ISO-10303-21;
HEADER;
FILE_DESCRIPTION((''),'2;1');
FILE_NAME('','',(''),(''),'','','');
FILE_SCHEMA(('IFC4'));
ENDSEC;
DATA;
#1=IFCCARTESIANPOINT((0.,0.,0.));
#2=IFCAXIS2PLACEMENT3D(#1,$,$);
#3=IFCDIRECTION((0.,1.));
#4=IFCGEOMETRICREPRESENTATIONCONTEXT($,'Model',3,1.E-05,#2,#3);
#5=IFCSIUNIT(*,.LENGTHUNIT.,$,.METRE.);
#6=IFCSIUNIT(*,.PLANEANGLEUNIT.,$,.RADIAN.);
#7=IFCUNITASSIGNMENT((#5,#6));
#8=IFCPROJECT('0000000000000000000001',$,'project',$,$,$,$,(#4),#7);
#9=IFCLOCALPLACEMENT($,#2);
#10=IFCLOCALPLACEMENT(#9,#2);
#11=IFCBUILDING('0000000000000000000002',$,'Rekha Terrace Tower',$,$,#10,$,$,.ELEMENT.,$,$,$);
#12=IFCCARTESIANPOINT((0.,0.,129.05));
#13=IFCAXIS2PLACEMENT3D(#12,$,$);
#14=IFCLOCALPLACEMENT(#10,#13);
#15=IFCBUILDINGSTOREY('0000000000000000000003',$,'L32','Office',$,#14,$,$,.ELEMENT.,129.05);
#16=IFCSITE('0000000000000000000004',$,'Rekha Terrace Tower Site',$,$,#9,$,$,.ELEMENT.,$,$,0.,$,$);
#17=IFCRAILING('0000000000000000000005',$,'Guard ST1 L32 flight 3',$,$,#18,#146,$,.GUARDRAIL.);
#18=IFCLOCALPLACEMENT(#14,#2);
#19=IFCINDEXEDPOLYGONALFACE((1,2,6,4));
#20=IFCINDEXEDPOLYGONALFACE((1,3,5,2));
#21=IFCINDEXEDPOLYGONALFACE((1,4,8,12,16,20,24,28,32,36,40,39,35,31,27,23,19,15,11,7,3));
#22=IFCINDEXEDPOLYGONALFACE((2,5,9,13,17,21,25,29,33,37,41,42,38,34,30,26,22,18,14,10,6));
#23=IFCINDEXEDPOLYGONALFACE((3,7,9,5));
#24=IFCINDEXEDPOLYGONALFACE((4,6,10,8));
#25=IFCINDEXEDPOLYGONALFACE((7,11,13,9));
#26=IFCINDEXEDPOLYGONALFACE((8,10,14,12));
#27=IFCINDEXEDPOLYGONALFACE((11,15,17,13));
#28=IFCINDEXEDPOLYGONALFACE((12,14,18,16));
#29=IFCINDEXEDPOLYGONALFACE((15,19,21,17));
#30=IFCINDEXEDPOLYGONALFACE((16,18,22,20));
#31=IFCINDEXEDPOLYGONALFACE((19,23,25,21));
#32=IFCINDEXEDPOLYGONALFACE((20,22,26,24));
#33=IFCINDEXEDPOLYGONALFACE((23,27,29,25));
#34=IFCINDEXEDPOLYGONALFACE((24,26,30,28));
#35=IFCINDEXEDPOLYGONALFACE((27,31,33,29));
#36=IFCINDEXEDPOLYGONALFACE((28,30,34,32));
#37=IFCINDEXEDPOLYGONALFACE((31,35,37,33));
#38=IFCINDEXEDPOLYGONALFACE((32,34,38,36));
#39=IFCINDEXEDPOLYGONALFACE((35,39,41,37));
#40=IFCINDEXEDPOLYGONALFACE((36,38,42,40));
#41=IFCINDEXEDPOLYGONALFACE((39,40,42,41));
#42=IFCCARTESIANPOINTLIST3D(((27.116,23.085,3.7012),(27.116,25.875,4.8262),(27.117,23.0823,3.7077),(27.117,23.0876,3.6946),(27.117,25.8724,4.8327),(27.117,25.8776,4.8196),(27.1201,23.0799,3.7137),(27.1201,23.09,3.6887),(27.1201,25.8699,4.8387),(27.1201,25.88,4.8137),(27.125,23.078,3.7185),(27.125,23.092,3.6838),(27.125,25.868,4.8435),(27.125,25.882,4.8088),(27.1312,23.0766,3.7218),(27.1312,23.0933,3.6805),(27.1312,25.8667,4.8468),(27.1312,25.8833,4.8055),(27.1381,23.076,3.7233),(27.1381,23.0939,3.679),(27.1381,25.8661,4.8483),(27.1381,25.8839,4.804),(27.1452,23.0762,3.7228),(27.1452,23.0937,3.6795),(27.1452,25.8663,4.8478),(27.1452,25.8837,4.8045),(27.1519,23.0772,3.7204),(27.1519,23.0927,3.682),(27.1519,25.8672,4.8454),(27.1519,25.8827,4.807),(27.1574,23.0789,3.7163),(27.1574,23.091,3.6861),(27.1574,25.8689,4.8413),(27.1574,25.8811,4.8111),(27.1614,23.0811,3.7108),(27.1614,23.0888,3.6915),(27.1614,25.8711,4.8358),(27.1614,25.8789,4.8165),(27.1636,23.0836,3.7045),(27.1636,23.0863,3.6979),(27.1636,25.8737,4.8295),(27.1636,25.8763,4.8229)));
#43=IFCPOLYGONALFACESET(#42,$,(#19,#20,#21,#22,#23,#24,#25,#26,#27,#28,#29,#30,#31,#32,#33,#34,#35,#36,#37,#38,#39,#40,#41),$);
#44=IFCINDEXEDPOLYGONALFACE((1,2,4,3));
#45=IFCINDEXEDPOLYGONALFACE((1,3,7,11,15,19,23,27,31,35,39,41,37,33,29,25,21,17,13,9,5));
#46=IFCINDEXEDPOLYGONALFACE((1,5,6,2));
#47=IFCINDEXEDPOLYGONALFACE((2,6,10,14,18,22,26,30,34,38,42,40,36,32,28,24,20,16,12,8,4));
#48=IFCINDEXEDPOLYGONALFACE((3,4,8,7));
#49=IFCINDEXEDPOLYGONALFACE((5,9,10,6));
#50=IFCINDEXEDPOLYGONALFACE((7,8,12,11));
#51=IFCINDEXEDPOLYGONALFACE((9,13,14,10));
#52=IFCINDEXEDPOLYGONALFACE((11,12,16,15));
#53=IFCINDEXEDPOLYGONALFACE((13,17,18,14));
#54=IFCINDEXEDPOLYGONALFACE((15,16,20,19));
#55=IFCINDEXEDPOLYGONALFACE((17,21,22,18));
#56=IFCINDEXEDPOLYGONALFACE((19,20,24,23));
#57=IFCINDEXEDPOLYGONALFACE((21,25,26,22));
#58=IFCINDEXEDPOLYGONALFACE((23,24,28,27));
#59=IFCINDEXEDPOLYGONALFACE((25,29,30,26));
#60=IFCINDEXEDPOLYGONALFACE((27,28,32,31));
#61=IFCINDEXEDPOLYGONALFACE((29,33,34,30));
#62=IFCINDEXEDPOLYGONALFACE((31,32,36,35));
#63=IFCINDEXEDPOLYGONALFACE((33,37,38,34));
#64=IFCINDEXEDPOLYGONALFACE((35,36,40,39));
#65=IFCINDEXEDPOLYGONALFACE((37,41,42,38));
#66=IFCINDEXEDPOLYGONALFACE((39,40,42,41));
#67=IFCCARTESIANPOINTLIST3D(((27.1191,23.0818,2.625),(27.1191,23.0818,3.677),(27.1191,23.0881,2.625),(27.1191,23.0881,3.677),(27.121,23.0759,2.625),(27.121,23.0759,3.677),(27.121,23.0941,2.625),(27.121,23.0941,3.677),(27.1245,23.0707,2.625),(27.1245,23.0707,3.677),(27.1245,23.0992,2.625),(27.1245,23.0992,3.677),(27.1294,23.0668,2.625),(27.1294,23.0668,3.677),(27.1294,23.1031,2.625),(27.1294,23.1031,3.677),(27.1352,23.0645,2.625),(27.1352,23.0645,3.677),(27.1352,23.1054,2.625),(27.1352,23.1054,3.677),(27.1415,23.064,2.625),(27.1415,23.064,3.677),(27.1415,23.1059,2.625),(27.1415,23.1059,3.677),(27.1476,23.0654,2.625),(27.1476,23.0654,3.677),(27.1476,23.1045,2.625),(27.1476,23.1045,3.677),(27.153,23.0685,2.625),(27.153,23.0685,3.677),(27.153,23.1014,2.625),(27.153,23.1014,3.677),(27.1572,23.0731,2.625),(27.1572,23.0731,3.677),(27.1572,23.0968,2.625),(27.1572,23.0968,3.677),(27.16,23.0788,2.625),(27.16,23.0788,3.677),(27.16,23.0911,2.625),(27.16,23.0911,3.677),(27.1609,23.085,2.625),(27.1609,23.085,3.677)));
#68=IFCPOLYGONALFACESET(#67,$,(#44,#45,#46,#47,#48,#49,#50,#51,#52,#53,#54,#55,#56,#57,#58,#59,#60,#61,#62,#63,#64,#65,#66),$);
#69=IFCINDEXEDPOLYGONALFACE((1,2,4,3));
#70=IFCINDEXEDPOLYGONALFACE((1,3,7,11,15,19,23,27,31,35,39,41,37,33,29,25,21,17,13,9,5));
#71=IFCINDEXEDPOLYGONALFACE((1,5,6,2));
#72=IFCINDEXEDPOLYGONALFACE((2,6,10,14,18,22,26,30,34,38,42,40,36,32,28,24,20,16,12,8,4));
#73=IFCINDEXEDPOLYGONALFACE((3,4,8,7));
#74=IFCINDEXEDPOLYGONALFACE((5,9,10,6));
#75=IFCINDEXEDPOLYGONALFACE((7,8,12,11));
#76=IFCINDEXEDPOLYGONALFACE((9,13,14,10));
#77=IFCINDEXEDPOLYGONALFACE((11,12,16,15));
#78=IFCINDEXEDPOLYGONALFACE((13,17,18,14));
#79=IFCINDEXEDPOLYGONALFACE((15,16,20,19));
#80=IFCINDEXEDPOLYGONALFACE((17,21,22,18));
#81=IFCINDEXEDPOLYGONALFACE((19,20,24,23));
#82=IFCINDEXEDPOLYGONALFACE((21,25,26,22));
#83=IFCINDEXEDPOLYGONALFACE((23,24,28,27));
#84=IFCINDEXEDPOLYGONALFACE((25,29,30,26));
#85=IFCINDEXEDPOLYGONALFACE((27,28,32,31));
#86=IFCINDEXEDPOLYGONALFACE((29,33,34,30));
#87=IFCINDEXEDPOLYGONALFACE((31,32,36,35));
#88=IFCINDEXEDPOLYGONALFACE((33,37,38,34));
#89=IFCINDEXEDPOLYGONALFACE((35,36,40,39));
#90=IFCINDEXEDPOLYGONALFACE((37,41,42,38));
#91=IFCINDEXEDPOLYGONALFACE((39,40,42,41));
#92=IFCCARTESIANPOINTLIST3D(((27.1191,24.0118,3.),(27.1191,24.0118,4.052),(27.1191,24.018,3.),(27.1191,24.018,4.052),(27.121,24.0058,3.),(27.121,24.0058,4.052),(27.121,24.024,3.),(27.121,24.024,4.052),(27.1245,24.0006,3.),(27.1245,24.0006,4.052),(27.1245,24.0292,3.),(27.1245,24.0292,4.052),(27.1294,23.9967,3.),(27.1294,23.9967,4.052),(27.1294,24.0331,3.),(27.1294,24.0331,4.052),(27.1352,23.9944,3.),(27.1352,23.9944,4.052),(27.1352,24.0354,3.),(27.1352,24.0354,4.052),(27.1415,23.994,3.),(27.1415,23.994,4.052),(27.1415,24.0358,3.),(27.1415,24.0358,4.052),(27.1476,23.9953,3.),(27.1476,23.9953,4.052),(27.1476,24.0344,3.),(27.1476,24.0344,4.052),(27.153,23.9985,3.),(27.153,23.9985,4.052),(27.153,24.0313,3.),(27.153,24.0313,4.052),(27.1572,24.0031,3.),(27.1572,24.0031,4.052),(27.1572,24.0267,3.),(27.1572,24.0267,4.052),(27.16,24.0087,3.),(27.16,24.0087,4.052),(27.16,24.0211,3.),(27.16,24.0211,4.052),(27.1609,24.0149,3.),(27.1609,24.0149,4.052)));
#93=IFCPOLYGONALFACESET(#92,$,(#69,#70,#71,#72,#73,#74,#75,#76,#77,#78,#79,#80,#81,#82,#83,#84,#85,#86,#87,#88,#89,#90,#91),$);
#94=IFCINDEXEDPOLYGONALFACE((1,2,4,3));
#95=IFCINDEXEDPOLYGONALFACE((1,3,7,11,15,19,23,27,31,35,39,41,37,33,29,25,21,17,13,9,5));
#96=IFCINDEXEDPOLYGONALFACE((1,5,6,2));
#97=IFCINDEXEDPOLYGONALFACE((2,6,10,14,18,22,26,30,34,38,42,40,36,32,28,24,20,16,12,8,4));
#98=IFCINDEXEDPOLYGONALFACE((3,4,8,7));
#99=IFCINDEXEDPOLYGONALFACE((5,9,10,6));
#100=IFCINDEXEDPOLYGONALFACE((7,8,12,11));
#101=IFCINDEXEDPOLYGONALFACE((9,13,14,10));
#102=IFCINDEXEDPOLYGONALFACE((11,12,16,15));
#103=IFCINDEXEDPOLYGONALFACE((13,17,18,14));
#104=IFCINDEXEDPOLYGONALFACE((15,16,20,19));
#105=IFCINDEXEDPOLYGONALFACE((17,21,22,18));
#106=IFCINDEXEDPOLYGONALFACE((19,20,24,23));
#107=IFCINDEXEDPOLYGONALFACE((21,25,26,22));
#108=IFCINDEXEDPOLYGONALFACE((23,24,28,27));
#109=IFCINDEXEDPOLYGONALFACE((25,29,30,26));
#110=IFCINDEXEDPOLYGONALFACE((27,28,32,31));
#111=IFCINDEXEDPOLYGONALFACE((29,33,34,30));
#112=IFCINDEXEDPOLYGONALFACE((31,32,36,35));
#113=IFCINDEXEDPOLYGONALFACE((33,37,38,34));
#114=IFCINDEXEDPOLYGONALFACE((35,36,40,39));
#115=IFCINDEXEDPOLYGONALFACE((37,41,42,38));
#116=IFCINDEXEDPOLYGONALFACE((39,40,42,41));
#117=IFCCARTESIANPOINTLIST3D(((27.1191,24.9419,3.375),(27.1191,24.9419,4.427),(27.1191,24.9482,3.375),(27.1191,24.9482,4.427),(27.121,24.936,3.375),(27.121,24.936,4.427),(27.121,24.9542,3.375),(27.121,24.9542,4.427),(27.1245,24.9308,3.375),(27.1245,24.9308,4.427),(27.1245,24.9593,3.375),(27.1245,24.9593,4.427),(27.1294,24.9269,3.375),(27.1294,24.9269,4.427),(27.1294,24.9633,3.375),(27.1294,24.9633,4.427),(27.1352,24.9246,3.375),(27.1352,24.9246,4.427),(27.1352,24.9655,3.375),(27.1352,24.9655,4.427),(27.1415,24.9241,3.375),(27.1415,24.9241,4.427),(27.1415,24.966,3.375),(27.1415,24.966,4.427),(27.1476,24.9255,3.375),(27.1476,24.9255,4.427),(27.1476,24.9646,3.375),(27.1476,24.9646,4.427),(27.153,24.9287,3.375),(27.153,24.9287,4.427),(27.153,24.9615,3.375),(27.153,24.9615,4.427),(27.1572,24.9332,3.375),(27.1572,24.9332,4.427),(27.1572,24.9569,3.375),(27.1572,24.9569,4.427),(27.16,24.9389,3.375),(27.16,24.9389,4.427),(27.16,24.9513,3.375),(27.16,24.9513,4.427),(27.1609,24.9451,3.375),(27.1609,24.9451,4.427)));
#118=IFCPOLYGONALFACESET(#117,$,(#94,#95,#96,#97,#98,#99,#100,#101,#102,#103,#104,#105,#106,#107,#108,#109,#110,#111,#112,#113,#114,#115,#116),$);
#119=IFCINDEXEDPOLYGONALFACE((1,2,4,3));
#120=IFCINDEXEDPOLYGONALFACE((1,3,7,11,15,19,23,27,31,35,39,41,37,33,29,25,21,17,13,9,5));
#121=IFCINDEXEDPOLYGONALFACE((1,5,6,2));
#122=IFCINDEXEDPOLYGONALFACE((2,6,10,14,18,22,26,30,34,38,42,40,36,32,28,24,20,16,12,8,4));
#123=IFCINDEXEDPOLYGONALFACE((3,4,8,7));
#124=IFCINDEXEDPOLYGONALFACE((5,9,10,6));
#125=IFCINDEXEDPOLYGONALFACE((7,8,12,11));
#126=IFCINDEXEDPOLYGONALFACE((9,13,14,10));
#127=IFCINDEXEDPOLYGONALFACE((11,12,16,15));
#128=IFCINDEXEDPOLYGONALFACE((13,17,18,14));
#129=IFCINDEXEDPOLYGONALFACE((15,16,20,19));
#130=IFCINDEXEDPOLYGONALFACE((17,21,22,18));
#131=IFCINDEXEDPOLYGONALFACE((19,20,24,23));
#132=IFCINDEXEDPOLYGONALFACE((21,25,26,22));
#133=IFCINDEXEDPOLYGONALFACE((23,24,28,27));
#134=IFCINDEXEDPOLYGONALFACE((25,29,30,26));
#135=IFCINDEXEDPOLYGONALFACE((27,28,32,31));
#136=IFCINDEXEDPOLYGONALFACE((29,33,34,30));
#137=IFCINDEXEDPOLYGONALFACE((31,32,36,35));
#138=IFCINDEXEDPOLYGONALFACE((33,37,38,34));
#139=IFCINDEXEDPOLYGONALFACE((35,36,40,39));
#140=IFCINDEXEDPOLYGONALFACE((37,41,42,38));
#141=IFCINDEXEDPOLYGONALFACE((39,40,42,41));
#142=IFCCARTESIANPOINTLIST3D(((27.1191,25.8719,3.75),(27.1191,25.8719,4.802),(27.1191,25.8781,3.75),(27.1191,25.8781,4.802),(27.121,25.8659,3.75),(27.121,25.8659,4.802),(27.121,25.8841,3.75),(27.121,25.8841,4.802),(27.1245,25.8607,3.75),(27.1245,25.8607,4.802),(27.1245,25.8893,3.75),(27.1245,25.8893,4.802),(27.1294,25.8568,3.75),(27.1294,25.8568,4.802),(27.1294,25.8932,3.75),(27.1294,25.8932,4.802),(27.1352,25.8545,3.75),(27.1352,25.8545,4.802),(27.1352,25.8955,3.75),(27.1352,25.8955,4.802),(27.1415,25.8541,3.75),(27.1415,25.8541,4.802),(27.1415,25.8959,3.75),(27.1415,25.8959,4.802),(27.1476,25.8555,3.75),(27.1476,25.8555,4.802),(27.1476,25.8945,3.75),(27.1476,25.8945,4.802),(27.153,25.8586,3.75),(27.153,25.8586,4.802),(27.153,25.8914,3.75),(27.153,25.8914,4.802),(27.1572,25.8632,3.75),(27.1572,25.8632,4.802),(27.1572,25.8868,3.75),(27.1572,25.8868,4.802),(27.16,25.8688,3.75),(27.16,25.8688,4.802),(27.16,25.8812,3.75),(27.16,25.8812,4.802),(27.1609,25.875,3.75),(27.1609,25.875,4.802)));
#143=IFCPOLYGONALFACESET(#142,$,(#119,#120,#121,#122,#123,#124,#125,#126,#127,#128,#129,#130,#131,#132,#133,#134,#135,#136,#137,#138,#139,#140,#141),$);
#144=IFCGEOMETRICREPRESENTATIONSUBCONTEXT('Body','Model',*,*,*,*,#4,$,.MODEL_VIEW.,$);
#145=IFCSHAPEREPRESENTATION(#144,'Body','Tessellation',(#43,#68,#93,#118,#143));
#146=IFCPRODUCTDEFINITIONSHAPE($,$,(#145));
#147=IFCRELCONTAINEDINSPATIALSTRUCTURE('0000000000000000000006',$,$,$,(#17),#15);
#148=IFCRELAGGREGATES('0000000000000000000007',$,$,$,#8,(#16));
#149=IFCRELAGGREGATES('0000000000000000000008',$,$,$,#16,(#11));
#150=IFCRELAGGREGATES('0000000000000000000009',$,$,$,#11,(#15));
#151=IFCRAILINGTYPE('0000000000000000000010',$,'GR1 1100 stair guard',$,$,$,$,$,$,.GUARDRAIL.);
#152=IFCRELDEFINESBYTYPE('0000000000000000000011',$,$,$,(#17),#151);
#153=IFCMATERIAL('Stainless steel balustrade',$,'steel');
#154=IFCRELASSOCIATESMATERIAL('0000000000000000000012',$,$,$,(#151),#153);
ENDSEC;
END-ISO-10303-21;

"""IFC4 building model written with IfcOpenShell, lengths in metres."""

from ifc_helpers import new_model, si_unit, direction, frame, origin, origin_2d, place, context, subcontext, project, spatial, circle, extrude, material, type_object, element, save


model = new_model("IFC4")

# Units and contexts
model_context = context("Model", 3, precision=1e-05, world=origin(), true_north=direction((0.0, 1.0)))
body_context = subcontext(model_context, "Body", "Model", "MODEL_VIEW")
ifc_project = project(units=[si_unit("LENGTHUNIT", "METRE"), si_unit("PLANEANGLEUNIT", "RADIAN")], contexts=[model_context])

# Site, building, storey
site_placement = place(None, origin())
site = spatial("IfcSite", under=ifc_project, at=site_placement, Name="Rekha Terrace Tower Site", CompositionType="ELEMENT", RefElevation=0.0)
building_placement = place(site_placement, origin())
building = spatial("IfcBuilding", under=site, at=building_placement, Name="Rekha Terrace Tower", CompositionType="ELEMENT")
storey_placement = place(building_placement, frame((0.0, 0.0, 129.05)))
storey = spatial("IfcBuildingStorey", under=building, at=storey_placement, Name="L32", Description="Office", CompositionType="ELEMENT", Elevation=129.05)

# Railing
ifc_material_1 = material(Name="Stainless steel balustrade", Category="steel")
railing_type_1 = type_object("IfcRailingType", Name="GR1 1100 stair guard", PredefinedType="GUARDRAIL", material=ifc_material_1)
railing_1_placement = place(storey_placement, frame((27.1399, 23.085, 2.625)))
element("IfcRailing", 1, at=railing_1_placement, inside=storey, type_object=railing_type_1, Name="Guard ST1 L32 flight 3", PredefinedType="GUARDRAIL", context=body_context, shape_type="SweptSolid", body=[
    extrude(circle(Radius=0.0239, at=origin_2d()), frame((0.0, 0.0, 1.0762), z_axis=(0.0, 0.927443, 0.373964), x_axis=(-1.0, 0.0, 0.0)), (0.0, 0.0, 1.0), 3.0083),
    extrude(circle(Radius=0.021, at=origin_2d()), origin(), (0.0, 0.0, 1.0), 1.052),
    extrude(circle(Radius=0.021, at=origin_2d()), frame((0.0, 0.9299, 0.375)), (0.0, 0.0, 1.0), 1.052),
    extrude(circle(Radius=0.021, at=origin_2d()), frame((0.0, 1.8601, 0.75)), (0.0, 0.0, 1.0), 1.052),
    extrude(circle(Radius=0.021, at=origin_2d()), frame((0.0, 2.79, 1.125)), (0.0, 0.0, 1.0), 1.052),
])

save(model, "model.ifc")
